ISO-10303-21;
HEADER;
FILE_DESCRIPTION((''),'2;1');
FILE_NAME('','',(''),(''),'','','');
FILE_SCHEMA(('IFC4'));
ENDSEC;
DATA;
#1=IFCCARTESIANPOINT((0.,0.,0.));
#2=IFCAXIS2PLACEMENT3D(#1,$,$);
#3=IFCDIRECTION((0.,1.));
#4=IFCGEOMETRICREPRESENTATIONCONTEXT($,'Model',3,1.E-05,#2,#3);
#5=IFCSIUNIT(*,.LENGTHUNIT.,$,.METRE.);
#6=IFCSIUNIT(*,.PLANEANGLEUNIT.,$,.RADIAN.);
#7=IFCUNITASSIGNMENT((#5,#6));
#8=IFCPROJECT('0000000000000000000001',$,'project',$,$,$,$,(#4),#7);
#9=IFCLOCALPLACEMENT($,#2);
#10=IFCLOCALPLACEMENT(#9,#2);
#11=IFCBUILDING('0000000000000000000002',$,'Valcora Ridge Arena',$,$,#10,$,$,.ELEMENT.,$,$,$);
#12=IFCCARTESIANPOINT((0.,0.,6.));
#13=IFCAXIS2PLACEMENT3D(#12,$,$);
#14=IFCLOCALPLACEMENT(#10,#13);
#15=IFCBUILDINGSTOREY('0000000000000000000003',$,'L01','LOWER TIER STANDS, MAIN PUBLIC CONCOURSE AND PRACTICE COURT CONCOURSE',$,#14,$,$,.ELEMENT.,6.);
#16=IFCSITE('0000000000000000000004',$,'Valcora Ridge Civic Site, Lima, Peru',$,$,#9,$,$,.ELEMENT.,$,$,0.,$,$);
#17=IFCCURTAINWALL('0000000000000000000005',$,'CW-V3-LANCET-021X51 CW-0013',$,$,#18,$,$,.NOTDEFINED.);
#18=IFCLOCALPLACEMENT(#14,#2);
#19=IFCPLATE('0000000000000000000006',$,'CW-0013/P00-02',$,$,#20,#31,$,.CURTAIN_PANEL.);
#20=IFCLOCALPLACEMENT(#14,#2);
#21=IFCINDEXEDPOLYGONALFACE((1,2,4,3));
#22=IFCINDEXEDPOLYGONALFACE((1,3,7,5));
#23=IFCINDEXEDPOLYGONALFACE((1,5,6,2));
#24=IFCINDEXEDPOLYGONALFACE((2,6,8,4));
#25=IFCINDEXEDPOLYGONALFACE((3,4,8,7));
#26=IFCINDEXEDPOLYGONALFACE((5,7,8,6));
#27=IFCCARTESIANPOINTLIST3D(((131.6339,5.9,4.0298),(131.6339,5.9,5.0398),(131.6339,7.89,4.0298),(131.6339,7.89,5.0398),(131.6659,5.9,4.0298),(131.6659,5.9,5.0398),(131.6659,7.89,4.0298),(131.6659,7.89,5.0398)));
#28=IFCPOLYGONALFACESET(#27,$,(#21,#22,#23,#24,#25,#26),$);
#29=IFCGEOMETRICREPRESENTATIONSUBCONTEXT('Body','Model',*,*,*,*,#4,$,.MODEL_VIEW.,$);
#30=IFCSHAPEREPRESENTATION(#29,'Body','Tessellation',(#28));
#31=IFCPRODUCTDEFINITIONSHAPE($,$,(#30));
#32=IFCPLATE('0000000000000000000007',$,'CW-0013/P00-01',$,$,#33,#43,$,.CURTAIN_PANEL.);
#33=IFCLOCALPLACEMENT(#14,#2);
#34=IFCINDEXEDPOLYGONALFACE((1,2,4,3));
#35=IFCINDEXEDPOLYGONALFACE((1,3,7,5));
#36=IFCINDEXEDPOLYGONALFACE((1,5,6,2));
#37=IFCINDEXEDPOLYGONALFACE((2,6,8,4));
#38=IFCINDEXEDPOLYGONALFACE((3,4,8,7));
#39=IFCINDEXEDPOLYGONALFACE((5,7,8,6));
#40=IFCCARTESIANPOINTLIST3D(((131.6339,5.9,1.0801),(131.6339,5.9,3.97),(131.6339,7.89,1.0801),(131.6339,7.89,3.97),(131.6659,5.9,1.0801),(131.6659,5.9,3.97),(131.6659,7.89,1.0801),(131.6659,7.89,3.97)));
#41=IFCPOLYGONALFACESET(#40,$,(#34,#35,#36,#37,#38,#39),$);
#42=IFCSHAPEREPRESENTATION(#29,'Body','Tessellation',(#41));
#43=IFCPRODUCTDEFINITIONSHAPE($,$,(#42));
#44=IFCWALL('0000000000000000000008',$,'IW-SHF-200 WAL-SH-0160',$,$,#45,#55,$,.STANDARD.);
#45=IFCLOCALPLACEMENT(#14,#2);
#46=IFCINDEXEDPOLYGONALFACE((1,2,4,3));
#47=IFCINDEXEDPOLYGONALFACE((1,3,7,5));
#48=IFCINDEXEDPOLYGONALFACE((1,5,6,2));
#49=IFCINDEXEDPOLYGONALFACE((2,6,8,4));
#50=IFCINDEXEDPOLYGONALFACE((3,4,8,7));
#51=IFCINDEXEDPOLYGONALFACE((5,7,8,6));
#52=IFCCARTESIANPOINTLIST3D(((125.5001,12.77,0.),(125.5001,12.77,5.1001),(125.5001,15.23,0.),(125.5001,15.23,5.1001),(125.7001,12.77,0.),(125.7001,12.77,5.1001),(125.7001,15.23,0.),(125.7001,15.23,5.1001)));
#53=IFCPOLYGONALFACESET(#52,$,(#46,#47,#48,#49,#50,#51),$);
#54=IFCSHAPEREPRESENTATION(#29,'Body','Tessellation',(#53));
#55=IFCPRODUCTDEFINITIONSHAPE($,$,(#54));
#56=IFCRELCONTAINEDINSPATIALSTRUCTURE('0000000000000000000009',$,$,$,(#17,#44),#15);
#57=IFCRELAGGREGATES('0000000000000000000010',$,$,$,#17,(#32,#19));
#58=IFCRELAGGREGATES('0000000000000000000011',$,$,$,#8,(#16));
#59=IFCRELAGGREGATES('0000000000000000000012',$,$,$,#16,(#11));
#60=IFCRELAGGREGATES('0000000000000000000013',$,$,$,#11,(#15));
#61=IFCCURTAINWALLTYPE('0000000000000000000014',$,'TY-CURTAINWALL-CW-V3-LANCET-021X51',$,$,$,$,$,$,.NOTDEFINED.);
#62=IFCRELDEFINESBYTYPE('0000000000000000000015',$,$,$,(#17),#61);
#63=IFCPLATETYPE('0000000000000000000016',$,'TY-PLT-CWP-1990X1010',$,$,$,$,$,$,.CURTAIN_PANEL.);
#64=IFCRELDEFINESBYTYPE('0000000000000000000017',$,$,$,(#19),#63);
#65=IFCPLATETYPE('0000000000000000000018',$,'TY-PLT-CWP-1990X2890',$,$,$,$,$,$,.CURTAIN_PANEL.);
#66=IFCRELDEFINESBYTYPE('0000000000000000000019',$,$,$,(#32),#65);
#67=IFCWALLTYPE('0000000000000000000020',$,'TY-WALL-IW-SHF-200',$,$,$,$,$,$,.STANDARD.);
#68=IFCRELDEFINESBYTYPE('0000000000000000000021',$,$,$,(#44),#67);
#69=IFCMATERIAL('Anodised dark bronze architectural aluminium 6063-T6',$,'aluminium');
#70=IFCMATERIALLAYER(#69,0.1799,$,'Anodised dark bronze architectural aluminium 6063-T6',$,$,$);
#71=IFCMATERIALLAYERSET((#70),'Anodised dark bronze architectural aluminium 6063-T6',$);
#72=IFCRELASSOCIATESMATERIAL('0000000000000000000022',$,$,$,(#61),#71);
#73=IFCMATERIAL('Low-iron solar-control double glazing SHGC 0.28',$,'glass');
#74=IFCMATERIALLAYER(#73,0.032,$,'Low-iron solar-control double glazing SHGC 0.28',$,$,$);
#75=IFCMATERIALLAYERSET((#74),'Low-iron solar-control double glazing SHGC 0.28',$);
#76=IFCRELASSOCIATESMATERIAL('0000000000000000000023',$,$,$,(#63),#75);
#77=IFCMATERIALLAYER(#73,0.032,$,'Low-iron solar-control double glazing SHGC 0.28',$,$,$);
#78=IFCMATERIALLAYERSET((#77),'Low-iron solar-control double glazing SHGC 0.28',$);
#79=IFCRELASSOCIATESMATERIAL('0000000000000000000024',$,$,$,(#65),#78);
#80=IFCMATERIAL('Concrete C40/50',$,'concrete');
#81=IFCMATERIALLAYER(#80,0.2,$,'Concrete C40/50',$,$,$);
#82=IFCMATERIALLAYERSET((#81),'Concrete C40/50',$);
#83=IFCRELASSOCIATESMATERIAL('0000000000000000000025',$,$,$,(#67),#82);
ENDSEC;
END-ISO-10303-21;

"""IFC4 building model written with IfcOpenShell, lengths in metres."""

from ifc_helpers import new_model, si_unit, direction, frame, frame_2d, origin, origin_2d, place, context, subcontext, project, spatial, rectangle, extrude, material, layer, layer_set, type_object, element, aggregate, save


model = new_model("IFC4")

# Units and contexts
model_context = context("Model", 3, precision=1e-05, world=origin(), true_north=direction((0.0, 1.0)))
body_context = subcontext(model_context, "Body", "Model", "MODEL_VIEW")
ifc_project = project(units=[si_unit("LENGTHUNIT", "METRE"), si_unit("PLANEANGLEUNIT", "RADIAN")], contexts=[model_context])

# Site, building, storey
site_placement = place(None, origin())
site = spatial("IfcSite", under=ifc_project, at=site_placement, Name="Valcora Ridge Civic Site, Lima, Peru", CompositionType="ELEMENT", RefElevation=0.0)
building_placement = place(site_placement, origin())
building = spatial("IfcBuilding", under=site, at=building_placement, Name="Valcora Ridge Arena", CompositionType="ELEMENT")
storey_placement = place(building_placement, frame((0.0, 0.0, 6.0)))
storey = spatial("IfcBuildingStorey", under=building, at=storey_placement, Name="L01", Description="LOWER TIER STANDS, MAIN PUBLIC CONCOURSE AND PRACTICE COURT CONCOURSE", CompositionType="ELEMENT", Elevation=6.0)

# Curtain wall
ifc_material_1 = material(Name="Anodised dark bronze architectural aluminium 6063-T6", Category="aluminium")
ifc_layer_1 = layer(ifc_material_1, 0.1799, Name="Anodised dark bronze architectural aluminium 6063-T6")
ifc_layer_set_1 = layer_set([ifc_layer_1], Name="Anodised dark bronze architectural aluminium 6063-T6")
curtain_wall_type_1 = type_object("IfcCurtainWallType", Name="TY-CURTAINWALL-CW-V3-LANCET-021X51", PredefinedType="NOTDEFINED", material=ifc_layer_set_1)
curtain_wall_1_placement = place(storey_placement, origin())
curtain_wall_1 = element("IfcCurtainWall", 1, at=curtain_wall_1_placement, inside=storey, type_object=curtain_wall_type_1, Name="CW-V3-LANCET-021X51 CW-0013", PredefinedType="NOTDEFINED")

# Plates
ifc_material_2 = material(Name="Low-iron solar-control double glazing SHGC 0.28", Category="glass")
ifc_layer_2 = layer(ifc_material_2, 0.032, Name="Low-iron solar-control double glazing SHGC 0.28")
ifc_layer_set_2 = layer_set([ifc_layer_2], Name="Low-iron solar-control double glazing SHGC 0.28")
plate_type_1 = type_object("IfcPlateType", Name="TY-PLT-CWP-1990X1010", PredefinedType="CURTAIN_PANEL", material=ifc_layer_set_2)
plate_1_placement = place(storey_placement, frame((131.6499, 6.895, 4.0298), z_axis=(0.0, 0.0, 1.0), x_axis=(0.0, 1.0, 0.0)))
plate_1 = element("IfcPlate", 2, at=plate_1_placement, type_object=plate_type_1, Name="CW-0013/P00-02", PredefinedType="CURTAIN_PANEL", context=body_context, shape_type="SweptSolid", body=[
    extrude(rectangle(XDim=1.99, YDim=0.032, at=origin_2d()), origin(), (0.0, 0.0, 1.0), 1.01),
])
ifc_layer_3 = layer(ifc_material_2, 0.032, Name="Low-iron solar-control double glazing SHGC 0.28")
ifc_layer_set_3 = layer_set([ifc_layer_3], Name="Low-iron solar-control double glazing SHGC 0.28")
plate_type_2 = type_object("IfcPlateType", Name="TY-PLT-CWP-1990X2890", PredefinedType="CURTAIN_PANEL", material=ifc_layer_set_3)
plate_2_placement = place(storey_placement, frame((131.6499, 6.895, 1.0801), z_axis=(0.0, 0.0, 1.0), x_axis=(0.0, 1.0, 0.0)))
plate_2 = element("IfcPlate", 3, at=plate_2_placement, type_object=plate_type_2, Name="CW-0013/P00-01", PredefinedType="CURTAIN_PANEL", context=body_context, shape_type="SweptSolid", body=[
    extrude(rectangle(XDim=1.99, YDim=0.032, at=origin_2d()), origin(), (0.0, 0.0, 1.0), 2.8899),
])
aggregate(curtain_wall_1, [plate_2, plate_1])

# Wall
ifc_material_3 = material(Name="Concrete C40/50", Category="concrete")
ifc_layer_4 = layer(ifc_material_3, 0.2, Name="Concrete C40/50")
ifc_layer_set_4 = layer_set([ifc_layer_4], Name="Concrete C40/50")
wall_type = type_object("IfcWallType", Name="TY-WALL-IW-SHF-200", PredefinedType="STANDARD", material=ifc_layer_set_4)
wall_placement = place(storey_placement, frame((125.6001, 12.77, 0.0), z_axis=(0.0, 0.0, 1.0), x_axis=(0.0, 1.0, 0.0)))
element("IfcWall", 4, at=wall_placement, inside=storey, type_object=wall_type, Name="IW-SHF-200 WAL-SH-0160", PredefinedType="STANDARD", context=body_context, shape_type="SweptSolid", body=[
    extrude(rectangle(XDim=2.46, YDim=0.2, at=frame_2d((1.23, 0.0))), origin(), (0.0, 0.0, 1.0), 5.1001),
])

save(model, "model.ifc")
